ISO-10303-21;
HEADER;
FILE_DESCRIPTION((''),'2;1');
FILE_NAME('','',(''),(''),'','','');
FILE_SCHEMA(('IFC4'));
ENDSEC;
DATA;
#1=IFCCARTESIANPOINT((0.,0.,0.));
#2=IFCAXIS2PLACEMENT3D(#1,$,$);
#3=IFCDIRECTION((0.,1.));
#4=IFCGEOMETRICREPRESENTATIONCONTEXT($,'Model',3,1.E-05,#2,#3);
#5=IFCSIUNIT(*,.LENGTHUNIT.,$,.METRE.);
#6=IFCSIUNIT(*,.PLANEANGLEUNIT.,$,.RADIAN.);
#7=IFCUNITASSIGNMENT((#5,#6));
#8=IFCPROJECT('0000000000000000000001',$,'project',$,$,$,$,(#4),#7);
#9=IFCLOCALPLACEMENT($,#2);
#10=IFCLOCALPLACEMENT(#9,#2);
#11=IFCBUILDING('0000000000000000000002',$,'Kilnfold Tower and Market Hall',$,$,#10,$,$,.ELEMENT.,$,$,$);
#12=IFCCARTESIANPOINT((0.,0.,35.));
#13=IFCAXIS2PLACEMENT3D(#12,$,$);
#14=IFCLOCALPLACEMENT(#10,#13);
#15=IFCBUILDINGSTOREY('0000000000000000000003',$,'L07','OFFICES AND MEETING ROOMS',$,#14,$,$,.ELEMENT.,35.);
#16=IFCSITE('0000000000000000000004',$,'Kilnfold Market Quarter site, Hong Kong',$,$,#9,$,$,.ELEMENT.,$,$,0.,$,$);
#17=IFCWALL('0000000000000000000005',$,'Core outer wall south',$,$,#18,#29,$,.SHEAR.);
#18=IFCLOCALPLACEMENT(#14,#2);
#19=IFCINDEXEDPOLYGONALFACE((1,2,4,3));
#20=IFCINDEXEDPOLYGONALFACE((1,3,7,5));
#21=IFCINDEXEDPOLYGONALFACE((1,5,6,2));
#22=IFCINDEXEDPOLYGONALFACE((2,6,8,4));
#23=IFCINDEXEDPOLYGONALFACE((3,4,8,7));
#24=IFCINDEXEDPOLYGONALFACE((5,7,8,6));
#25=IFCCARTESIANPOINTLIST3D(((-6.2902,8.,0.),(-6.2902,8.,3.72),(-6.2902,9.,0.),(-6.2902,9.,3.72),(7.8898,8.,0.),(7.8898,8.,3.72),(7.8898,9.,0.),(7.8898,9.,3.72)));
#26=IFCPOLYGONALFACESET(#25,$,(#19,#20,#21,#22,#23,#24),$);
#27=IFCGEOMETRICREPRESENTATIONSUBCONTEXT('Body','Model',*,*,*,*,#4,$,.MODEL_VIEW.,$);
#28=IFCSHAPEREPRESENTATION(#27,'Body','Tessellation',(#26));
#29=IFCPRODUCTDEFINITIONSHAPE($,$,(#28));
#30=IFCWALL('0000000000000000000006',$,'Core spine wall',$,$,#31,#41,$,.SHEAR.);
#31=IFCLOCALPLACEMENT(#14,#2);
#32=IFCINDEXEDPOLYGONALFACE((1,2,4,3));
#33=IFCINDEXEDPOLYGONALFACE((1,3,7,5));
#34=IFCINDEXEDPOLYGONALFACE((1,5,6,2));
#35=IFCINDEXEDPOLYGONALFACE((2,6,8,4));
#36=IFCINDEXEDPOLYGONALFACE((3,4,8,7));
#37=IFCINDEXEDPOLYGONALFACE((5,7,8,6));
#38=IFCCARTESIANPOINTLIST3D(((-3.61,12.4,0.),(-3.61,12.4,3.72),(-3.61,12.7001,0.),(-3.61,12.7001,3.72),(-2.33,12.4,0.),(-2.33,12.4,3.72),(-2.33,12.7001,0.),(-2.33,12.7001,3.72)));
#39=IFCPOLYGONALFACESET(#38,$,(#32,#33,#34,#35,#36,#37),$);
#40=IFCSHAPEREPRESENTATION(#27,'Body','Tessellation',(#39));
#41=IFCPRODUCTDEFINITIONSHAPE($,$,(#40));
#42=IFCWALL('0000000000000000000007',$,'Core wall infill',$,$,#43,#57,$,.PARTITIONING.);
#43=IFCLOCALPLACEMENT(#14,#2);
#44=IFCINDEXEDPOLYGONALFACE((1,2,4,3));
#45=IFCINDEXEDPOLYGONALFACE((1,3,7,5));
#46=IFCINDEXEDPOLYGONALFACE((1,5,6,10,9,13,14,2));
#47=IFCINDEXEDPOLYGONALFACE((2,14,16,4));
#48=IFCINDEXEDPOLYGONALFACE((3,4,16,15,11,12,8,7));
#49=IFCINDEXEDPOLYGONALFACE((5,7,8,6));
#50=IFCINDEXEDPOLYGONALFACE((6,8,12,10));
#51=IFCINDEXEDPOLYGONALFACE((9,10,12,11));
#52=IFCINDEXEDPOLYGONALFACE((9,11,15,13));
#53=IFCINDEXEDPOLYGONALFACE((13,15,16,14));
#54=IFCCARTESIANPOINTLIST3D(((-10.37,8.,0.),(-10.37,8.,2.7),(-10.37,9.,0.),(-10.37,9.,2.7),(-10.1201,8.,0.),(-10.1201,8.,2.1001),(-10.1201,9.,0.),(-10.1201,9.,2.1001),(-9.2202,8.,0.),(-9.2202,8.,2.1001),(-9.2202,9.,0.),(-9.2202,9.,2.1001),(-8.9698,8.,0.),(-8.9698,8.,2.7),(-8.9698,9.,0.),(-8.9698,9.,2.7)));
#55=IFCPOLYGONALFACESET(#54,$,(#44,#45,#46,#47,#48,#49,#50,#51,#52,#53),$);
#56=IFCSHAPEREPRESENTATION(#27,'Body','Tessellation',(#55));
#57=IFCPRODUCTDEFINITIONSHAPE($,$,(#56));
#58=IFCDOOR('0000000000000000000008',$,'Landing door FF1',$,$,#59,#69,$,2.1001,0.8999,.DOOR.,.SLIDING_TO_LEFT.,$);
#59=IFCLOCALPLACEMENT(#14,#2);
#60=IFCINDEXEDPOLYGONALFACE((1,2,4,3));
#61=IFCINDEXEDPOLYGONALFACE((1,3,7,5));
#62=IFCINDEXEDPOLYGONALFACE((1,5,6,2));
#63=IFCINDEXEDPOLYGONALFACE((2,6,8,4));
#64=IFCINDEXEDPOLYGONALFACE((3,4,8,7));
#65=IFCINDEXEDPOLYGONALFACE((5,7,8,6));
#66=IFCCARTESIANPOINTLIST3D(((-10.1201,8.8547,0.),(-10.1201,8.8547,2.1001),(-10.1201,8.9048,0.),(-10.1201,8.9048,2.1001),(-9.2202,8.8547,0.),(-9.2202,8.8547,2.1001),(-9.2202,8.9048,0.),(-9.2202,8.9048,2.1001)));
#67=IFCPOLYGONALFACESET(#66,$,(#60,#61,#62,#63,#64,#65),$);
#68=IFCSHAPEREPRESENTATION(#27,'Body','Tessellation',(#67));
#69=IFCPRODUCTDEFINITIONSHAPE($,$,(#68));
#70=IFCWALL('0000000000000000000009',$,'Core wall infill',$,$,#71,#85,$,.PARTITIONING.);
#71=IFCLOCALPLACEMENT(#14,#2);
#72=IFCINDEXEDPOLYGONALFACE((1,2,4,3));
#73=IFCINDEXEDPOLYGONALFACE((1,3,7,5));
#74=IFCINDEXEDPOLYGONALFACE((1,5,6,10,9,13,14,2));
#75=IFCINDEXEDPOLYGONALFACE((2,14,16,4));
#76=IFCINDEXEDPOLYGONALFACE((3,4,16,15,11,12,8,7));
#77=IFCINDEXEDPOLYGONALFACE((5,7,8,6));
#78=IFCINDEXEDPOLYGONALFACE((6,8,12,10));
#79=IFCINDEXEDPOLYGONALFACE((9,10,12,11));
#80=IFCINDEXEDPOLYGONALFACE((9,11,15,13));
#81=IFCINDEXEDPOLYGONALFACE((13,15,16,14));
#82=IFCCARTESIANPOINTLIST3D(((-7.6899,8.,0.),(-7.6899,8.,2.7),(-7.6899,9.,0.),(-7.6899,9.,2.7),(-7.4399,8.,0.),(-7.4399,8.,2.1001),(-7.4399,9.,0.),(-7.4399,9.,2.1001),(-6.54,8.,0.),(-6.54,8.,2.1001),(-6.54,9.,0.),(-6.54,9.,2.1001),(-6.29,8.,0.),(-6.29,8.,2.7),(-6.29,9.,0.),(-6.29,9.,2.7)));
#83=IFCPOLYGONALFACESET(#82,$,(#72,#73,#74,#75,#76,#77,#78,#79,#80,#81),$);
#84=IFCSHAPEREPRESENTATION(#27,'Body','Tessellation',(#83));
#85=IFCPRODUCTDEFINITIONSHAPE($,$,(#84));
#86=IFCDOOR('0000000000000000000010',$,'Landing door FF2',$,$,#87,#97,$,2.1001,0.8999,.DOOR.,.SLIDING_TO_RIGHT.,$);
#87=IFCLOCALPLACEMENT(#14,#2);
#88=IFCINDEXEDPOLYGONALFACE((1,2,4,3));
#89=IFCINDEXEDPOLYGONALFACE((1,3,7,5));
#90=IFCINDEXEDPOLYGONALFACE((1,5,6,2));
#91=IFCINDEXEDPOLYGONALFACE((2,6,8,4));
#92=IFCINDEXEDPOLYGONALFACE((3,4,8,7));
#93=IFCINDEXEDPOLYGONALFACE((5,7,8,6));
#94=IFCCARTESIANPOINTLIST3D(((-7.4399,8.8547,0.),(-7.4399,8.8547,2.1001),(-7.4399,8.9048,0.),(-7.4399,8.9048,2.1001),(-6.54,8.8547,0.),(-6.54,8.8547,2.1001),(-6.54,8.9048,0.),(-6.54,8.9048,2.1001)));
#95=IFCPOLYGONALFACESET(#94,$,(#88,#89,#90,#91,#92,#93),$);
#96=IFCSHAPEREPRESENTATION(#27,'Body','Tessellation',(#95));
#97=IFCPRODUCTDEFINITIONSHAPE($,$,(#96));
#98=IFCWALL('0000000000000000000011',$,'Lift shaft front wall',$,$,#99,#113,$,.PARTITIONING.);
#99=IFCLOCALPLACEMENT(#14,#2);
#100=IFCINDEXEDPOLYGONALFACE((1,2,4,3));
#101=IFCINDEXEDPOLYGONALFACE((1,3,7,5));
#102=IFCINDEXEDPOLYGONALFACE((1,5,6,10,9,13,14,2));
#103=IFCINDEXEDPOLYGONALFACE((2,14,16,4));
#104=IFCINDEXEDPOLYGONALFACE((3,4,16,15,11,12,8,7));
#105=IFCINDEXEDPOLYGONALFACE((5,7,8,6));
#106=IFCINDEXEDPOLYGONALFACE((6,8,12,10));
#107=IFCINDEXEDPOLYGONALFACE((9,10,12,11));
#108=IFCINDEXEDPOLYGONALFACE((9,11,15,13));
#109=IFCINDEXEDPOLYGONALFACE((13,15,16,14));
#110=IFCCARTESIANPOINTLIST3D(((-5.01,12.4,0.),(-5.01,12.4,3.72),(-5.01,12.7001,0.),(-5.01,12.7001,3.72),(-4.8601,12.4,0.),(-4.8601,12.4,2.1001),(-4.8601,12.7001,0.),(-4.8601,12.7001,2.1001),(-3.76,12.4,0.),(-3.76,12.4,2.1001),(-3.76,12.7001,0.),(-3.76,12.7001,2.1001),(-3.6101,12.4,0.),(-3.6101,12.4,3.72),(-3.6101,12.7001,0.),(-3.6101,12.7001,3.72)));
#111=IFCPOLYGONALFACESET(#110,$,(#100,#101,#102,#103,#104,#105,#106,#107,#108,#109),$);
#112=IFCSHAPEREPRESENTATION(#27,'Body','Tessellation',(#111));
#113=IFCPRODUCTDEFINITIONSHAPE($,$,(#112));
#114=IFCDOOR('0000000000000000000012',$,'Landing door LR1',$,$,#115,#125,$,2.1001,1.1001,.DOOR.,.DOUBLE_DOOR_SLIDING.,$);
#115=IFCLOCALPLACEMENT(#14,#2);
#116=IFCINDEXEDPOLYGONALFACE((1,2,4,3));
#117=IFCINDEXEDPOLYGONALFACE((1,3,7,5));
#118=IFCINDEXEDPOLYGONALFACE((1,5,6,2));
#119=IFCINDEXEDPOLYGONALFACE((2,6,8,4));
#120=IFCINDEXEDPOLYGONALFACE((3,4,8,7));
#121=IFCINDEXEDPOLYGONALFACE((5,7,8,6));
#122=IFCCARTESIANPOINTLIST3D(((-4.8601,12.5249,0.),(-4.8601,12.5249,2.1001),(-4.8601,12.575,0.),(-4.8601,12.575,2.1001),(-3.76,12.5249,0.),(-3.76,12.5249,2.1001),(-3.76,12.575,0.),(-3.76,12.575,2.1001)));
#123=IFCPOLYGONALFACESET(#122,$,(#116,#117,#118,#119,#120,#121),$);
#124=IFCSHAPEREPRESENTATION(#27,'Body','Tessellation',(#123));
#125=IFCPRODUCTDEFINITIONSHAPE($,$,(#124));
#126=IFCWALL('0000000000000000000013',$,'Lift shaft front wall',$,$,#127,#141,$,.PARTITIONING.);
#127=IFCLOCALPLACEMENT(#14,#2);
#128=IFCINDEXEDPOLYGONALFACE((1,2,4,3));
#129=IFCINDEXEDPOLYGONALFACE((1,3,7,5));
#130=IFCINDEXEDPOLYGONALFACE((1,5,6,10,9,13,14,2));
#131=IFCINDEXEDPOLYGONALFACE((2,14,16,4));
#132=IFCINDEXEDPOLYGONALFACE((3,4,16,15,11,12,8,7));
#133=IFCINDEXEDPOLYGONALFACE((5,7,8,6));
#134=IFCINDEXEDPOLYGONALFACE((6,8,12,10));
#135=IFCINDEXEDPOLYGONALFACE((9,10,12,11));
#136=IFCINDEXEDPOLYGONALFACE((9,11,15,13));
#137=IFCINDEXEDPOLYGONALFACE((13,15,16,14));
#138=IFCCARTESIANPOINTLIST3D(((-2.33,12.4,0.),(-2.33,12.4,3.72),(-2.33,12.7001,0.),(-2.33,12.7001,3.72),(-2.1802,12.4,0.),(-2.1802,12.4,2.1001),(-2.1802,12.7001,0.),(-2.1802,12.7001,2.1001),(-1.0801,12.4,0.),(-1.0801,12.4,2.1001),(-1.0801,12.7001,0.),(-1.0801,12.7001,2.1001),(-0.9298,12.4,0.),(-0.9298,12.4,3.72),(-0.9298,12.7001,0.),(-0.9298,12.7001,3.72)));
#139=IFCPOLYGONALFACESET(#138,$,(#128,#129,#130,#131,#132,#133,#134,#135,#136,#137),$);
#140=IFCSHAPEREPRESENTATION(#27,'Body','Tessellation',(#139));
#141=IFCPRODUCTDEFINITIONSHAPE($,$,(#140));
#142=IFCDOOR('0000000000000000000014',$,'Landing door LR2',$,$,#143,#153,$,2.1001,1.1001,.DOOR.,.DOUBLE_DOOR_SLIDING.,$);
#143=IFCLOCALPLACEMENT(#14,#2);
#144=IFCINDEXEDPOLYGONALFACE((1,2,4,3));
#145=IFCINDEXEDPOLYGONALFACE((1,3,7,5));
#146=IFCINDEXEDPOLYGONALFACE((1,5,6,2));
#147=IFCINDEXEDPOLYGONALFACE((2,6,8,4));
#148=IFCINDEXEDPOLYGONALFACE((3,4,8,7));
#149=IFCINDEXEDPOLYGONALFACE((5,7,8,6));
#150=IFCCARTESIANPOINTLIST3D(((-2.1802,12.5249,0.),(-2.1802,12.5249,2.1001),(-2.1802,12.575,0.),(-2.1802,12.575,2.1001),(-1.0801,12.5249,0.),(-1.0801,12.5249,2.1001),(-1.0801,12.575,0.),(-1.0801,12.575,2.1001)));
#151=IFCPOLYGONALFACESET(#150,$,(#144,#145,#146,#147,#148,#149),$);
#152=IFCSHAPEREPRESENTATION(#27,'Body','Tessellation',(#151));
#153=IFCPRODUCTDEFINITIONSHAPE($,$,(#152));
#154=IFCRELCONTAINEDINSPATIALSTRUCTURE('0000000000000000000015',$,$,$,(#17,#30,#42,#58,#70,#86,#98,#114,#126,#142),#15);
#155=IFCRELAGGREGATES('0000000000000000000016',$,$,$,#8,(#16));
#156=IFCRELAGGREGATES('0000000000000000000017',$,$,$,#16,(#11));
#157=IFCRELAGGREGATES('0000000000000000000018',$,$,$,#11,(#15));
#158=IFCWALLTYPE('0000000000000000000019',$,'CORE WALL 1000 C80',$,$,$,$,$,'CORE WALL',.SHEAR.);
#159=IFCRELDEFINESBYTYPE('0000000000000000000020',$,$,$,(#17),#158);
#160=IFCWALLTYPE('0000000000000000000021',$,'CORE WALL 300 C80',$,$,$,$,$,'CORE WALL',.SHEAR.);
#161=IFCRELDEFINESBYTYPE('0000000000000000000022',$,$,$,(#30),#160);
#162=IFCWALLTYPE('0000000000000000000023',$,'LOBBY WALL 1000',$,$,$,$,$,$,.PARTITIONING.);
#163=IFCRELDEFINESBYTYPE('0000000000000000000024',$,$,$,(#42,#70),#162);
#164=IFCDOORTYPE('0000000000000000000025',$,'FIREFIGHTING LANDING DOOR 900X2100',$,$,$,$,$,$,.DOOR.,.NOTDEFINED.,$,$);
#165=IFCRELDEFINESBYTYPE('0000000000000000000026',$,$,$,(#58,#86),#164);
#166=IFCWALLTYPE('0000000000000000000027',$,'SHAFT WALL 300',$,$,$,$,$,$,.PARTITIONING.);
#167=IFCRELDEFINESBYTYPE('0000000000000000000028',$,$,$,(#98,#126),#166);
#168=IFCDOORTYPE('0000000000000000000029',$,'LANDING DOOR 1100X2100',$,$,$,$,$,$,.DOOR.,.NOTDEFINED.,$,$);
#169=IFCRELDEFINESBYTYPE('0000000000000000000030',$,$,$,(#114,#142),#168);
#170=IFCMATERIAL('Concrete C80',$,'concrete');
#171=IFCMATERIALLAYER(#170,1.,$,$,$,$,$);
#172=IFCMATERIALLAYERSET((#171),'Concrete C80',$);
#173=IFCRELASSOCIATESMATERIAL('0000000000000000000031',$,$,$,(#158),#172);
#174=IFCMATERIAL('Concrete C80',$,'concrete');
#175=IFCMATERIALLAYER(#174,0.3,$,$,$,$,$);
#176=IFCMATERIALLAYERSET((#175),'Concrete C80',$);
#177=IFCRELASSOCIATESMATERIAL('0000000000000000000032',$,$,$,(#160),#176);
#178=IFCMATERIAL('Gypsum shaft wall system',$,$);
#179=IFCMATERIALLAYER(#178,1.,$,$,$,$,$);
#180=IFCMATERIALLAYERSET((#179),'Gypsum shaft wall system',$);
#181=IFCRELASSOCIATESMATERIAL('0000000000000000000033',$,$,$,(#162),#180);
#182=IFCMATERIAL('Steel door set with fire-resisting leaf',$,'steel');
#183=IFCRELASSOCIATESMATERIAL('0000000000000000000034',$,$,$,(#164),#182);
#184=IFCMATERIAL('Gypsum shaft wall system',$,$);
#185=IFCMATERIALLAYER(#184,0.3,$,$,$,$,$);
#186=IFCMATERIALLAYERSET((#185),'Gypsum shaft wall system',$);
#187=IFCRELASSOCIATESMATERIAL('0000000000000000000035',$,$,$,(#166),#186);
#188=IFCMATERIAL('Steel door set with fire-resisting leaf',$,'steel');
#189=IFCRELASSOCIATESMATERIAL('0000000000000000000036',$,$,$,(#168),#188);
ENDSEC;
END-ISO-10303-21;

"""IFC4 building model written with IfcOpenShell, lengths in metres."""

from ifc_helpers import new_model, si_unit, direction, frame, frame_2d, origin, place, context, subcontext, project, spatial, rectangle, extrude, source, transform, mapped, material, layer, layer_set, type_object, element, fill, save


model = new_model("IFC4")

# Units and contexts
model_context = context("Model", 3, precision=1e-05, world=origin(), true_north=direction((0.0, 1.0)))
body_context = subcontext(model_context, "Body", "Model", "MODEL_VIEW")
ifc_project = project(units=[si_unit("LENGTHUNIT", "METRE"), si_unit("PLANEANGLEUNIT", "RADIAN")], contexts=[model_context])

# Site, building, storey
site_placement = place(None, origin())
site = spatial("IfcSite", under=ifc_project, at=site_placement, Name="Kilnfold Market Quarter site, Hong Kong", CompositionType="ELEMENT", RefElevation=0.0)
building_placement = place(site_placement, origin())
building = spatial("IfcBuilding", under=site, at=building_placement, Name="Kilnfold Tower and Market Hall", CompositionType="ELEMENT")
storey_placement = place(building_placement, frame((0.0, 0.0, 35.0)))
storey = spatial("IfcBuildingStorey", under=building, at=storey_placement, Name="L07", Description="OFFICES AND MEETING ROOMS", CompositionType="ELEMENT", Elevation=35.0)

# Walls
ifc_material_1 = material(Name="Concrete C80", Category="concrete")
ifc_layer_1 = layer(ifc_material_1, 1.0)
ifc_layer_set_1 = layer_set([ifc_layer_1], Name="Concrete C80")
wall_type_1 = type_object("IfcWallType", Name="CORE WALL 1000 C80", ElementType="CORE WALL", PredefinedType="SHEAR", material=ifc_layer_set_1)
shared_shape_1 = source(origin(), body_context, "Body", "SweptSolid", [
    extrude(rectangle(XDim=14.1799, YDim=1.0, at=frame_2d((7.0898, 0.0))), origin(), (0.0, 0.0, 1.0), 3.72),
])
wall_1_placement = place(storey_placement, frame((-6.29, 8.5, 0.0), z_axis=(0.0, 0.0, 1.0), x_axis=(1.0, 0.0, 0.0)))
element("IfcWall", 1, at=wall_1_placement, inside=storey, type_object=wall_type_1, Name="Core outer wall south", PredefinedType="SHEAR", context=body_context, shape_type="MappedRepresentation", body=[
    mapped(shared_shape_1, transform((0.0, 0.0, 0.0))),
])
ifc_material_2 = material(Name="Concrete C80", Category="concrete")
ifc_layer_2 = layer(ifc_material_2, 0.3)
ifc_layer_set_2 = layer_set([ifc_layer_2], Name="Concrete C80")
wall_type_2 = type_object("IfcWallType", Name="CORE WALL 300 C80", ElementType="CORE WALL", PredefinedType="SHEAR", material=ifc_layer_set_2)
shared_shape_2 = source(origin(), body_context, "Body", "SweptSolid", [
    extrude(rectangle(XDim=1.28, YDim=0.3, at=frame_2d((0.6401, 0.0))), origin(), (0.0, 0.0, 1.0), 3.72),
])
wall_2_placement = place(storey_placement, frame((-3.6101, 12.55, 0.0), z_axis=(0.0, 0.0, 1.0), x_axis=(1.0, 0.0, 0.0)))
element("IfcWall", 2, at=wall_2_placement, inside=storey, type_object=wall_type_2, Name="Core spine wall", PredefinedType="SHEAR", context=body_context, shape_type="MappedRepresentation", body=[
    mapped(shared_shape_2, transform((0.0, 0.0, 0.0))),
])

# Walls, openings, doors
ifc_material_3 = material(Name="Gypsum shaft wall system")
ifc_layer_3 = layer(ifc_material_3, 1.0)
ifc_layer_set_3 = layer_set([ifc_layer_3], Name="Gypsum shaft wall system")
wall_type_3 = type_object("IfcWallType", Name="LOBBY WALL 1000", PredefinedType="PARTITIONING", material=ifc_layer_set_3)
shared_shape_3 = source(origin(), body_context, "Body", "SweptSolid", [
    extrude(rectangle(XDim=1.4001, YDim=1.0, at=frame_2d((0.7002, 0.0))), origin(), (0.0, 0.0, 1.0), 2.7),
])
wall_3_placement = place(storey_placement, frame((-10.3701, 8.5, 0.0), z_axis=(0.0, 0.0, 1.0), x_axis=(1.0, 0.0, 0.0)))
wall_3 = element("IfcWall", 3, at=wall_3_placement, inside=storey, type_object=wall_type_3, Name="Core wall infill", PredefinedType="PARTITIONING", context=body_context, shape_type="MappedRepresentation", body=[
    mapped(shared_shape_3, transform((0.0, 0.0, 0.0))),
])
opening_1_placement = place(wall_3_placement, frame((0.25, 0.0, 0.0)))
opening_1 = element("IfcOpeningElement", 4, at=opening_1_placement, cuts=wall_3, PredefinedType="OPENING", context=body_context, shape_type="SweptSolid", body=[
    extrude(rectangle(XDim=0.8999, YDim=2.1001, at=frame_2d((0.45, 1.05))), frame((0.0, 0.51, 0.0), z_axis=(0.0, -1.0, 0.0), x_axis=(1.0, 0.0, 0.0)), (0.0, 0.0, 1.0), 1.02),
])
ifc_material_4 = material(Name="Steel door set with fire-resisting leaf", Category="steel")
door_type_1 = type_object("IfcDoorType", Name="FIREFIGHTING LANDING DOOR 900X2100", OperationType="NOTDEFINED", PredefinedType="DOOR", material=ifc_material_4)
door_1_placement = place(opening_1_placement, origin())
door_1 = element("IfcDoor", 5, at=door_1_placement, inside=storey, type_object=door_type_1, Name="Landing door FF1", OperationType="SLIDING_TO_LEFT", OverallHeight=2.1001, OverallWidth=0.8999, PredefinedType="DOOR", context=body_context, shape_type="SweptSolid", body=[
    extrude(rectangle(XDim=0.8999, YDim=2.1001, at=frame_2d((0.45, 1.05))), frame((0.0, 0.4048, 0.0), z_axis=(0.0, -1.0, 0.0), x_axis=(1.0, 0.0, 0.0)), (0.0, 0.0, 1.0), 0.05),
])
fill(opening_1, door_1)
shared_shape_4 = source(origin(), body_context, "Body", "SweptSolid", [
    extrude(rectangle(XDim=1.3999, YDim=1.0, at=frame_2d((0.7, 0.0))), origin(), (0.0, 0.0, 1.0), 2.7),
])
wall_4_placement = place(storey_placement, frame((-7.6899, 8.5, 0.0), z_axis=(0.0, 0.0, 1.0), x_axis=(1.0, 0.0, 0.0)))
wall_4 = element("IfcWall", 6, at=wall_4_placement, inside=storey, type_object=wall_type_3, Name="Core wall infill", PredefinedType="PARTITIONING", context=body_context, shape_type="MappedRepresentation", body=[
    mapped(shared_shape_4, transform((0.0, 0.0, 0.0))),
])
opening_2_placement = place(wall_4_placement, frame((0.25, 0.0, 0.0)))
opening_2 = element("IfcOpeningElement", 7, at=opening_2_placement, cuts=wall_4, PredefinedType="OPENING", context=body_context, shape_type="SweptSolid", body=[
    extrude(rectangle(XDim=0.8999, YDim=2.1001, at=frame_2d((0.45, 1.05))), frame((0.0, 0.51, 0.0), z_axis=(0.0, -1.0, 0.0), x_axis=(1.0, 0.0, 0.0)), (0.0, 0.0, 1.0), 1.02),
])
door_2_placement = place(opening_2_placement, origin())
door_2 = element("IfcDoor", 8, at=door_2_placement, inside=storey, type_object=door_type_1, Name="Landing door FF2", OperationType="SLIDING_TO_RIGHT", OverallHeight=2.1001, OverallWidth=0.8999, PredefinedType="DOOR", context=body_context, shape_type="SweptSolid", body=[
    extrude(rectangle(XDim=0.8999, YDim=2.1001, at=frame_2d((0.45, 1.05))), frame((0.0, 0.4048, 0.0), z_axis=(0.0, -1.0, 0.0), x_axis=(1.0, 0.0, 0.0)), (0.0, 0.0, 1.0), 0.05),
])
fill(opening_2, door_2)
ifc_material_5 = material(Name="Gypsum shaft wall system")
ifc_layer_4 = layer(ifc_material_5, 0.3)
ifc_layer_set_4 = layer_set([ifc_layer_4], Name="Gypsum shaft wall system")
wall_type_4 = type_object("IfcWallType", Name="SHAFT WALL 300", PredefinedType="PARTITIONING", material=ifc_layer_set_4)
shared_shape_5 = source(origin(), body_context, "Body", "SweptSolid", [
    extrude(rectangle(XDim=1.3999, YDim=0.3, at=frame_2d((0.7, 0.0))), origin(), (0.0, 0.0, 1.0), 3.72),
])
wall_5_placement = place(storey_placement, frame((-5.01, 12.55, 0.0), z_axis=(0.0, 0.0, 1.0), x_axis=(1.0, 0.0, 0.0)))
wall_5 = element("IfcWall", 9, at=wall_5_placement, inside=storey, type_object=wall_type_4, Name="Lift shaft front wall", PredefinedType="PARTITIONING", context=body_context, shape_type="MappedRepresentation", body=[
    mapped(shared_shape_5, transform((0.0, 0.0, 0.0))),
])
opening_3_placement = place(wall_5_placement, frame((0.1499, 0.0, 0.0)))
opening_3 = element("IfcOpeningElement", 10, at=opening_3_placement, cuts=wall_5, PredefinedType="OPENING", context=body_context, shape_type="SweptSolid", body=[
    extrude(rectangle(XDim=1.1001, YDim=2.1001, at=frame_2d((0.55, 1.05))), frame((0.0, 0.1602, 0.0), z_axis=(0.0, -1.0, 0.0), x_axis=(1.0, 0.0, 0.0)), (0.0, 0.0, 1.0), 0.3201),
])
ifc_material_6 = material(Name="Steel door set with fire-resisting leaf", Category="steel")
door_type_2 = type_object("IfcDoorType", Name="LANDING DOOR 1100X2100", OperationType="NOTDEFINED", PredefinedType="DOOR", material=ifc_material_6)
door_3_placement = place(opening_3_placement, origin())
door_3 = element("IfcDoor", 11, at=door_3_placement, inside=storey, type_object=door_type_2, Name="Landing door LR1", OperationType="DOUBLE_DOOR_SLIDING", OverallHeight=2.1001, OverallWidth=1.1001, PredefinedType="DOOR", context=body_context, shape_type="SweptSolid", body=[
    extrude(rectangle(XDim=1.1001, YDim=2.1001, at=frame_2d((0.55, 1.05))), frame((0.0, 0.0249, 0.0), z_axis=(0.0, -1.0, 0.0), x_axis=(1.0, 0.0, 0.0)), (0.0, 0.0, 1.0), 0.05),
])
fill(opening_3, door_3)
shared_shape_6 = source(origin(), body_context, "Body", "SweptSolid", [
    extrude(rectangle(XDim=1.4001, YDim=0.3, at=frame_2d((0.7002, 0.0))), origin(), (0.0, 0.0, 1.0), 3.72),
])
wall_6_placement = place(storey_placement, frame((-2.3301, 12.55, 0.0), z_axis=(0.0, 0.0, 1.0), x_axis=(1.0, 0.0, 0.0)))
wall_6 = element("IfcWall", 12, at=wall_6_placement, inside=storey, type_object=wall_type_4, Name="Lift shaft front wall", PredefinedType="PARTITIONING", context=body_context, shape_type="MappedRepresentation", body=[
    mapped(shared_shape_6, transform((0.0, 0.0, 0.0))),
])
opening_4_placement = place(wall_6_placement, frame((0.1499, 0.0, 0.0)))
opening_4 = element("IfcOpeningElement", 13, at=opening_4_placement, cuts=wall_6, PredefinedType="OPENING", context=body_context, shape_type="SweptSolid", body=[
    extrude(rectangle(XDim=1.1001, YDim=2.1001, at=frame_2d((0.55, 1.05))), frame((0.0, 0.1602, 0.0), z_axis=(0.0, -1.0, 0.0), x_axis=(1.0, 0.0, 0.0)), (0.0, 0.0, 1.0), 0.3201),
])
door_4_placement = place(opening_4_placement, origin())
door_4 = element("IfcDoor", 14, at=door_4_placement, inside=storey, type_object=door_type_2, Name="Landing door LR2", OperationType="DOUBLE_DOOR_SLIDING", OverallHeight=2.1001, OverallWidth=1.1001, PredefinedType="DOOR", context=body_context, shape_type="SweptSolid", body=[
    extrude(rectangle(XDim=1.1001, YDim=2.1001, at=frame_2d((0.55, 1.05))), frame((0.0, 0.0249, 0.0), z_axis=(0.0, -1.0, 0.0), x_axis=(1.0, 0.0, 0.0)), (0.0, 0.0, 1.0), 0.05),
])
fill(opening_4, door_4)

save(model, "model.ifc")
